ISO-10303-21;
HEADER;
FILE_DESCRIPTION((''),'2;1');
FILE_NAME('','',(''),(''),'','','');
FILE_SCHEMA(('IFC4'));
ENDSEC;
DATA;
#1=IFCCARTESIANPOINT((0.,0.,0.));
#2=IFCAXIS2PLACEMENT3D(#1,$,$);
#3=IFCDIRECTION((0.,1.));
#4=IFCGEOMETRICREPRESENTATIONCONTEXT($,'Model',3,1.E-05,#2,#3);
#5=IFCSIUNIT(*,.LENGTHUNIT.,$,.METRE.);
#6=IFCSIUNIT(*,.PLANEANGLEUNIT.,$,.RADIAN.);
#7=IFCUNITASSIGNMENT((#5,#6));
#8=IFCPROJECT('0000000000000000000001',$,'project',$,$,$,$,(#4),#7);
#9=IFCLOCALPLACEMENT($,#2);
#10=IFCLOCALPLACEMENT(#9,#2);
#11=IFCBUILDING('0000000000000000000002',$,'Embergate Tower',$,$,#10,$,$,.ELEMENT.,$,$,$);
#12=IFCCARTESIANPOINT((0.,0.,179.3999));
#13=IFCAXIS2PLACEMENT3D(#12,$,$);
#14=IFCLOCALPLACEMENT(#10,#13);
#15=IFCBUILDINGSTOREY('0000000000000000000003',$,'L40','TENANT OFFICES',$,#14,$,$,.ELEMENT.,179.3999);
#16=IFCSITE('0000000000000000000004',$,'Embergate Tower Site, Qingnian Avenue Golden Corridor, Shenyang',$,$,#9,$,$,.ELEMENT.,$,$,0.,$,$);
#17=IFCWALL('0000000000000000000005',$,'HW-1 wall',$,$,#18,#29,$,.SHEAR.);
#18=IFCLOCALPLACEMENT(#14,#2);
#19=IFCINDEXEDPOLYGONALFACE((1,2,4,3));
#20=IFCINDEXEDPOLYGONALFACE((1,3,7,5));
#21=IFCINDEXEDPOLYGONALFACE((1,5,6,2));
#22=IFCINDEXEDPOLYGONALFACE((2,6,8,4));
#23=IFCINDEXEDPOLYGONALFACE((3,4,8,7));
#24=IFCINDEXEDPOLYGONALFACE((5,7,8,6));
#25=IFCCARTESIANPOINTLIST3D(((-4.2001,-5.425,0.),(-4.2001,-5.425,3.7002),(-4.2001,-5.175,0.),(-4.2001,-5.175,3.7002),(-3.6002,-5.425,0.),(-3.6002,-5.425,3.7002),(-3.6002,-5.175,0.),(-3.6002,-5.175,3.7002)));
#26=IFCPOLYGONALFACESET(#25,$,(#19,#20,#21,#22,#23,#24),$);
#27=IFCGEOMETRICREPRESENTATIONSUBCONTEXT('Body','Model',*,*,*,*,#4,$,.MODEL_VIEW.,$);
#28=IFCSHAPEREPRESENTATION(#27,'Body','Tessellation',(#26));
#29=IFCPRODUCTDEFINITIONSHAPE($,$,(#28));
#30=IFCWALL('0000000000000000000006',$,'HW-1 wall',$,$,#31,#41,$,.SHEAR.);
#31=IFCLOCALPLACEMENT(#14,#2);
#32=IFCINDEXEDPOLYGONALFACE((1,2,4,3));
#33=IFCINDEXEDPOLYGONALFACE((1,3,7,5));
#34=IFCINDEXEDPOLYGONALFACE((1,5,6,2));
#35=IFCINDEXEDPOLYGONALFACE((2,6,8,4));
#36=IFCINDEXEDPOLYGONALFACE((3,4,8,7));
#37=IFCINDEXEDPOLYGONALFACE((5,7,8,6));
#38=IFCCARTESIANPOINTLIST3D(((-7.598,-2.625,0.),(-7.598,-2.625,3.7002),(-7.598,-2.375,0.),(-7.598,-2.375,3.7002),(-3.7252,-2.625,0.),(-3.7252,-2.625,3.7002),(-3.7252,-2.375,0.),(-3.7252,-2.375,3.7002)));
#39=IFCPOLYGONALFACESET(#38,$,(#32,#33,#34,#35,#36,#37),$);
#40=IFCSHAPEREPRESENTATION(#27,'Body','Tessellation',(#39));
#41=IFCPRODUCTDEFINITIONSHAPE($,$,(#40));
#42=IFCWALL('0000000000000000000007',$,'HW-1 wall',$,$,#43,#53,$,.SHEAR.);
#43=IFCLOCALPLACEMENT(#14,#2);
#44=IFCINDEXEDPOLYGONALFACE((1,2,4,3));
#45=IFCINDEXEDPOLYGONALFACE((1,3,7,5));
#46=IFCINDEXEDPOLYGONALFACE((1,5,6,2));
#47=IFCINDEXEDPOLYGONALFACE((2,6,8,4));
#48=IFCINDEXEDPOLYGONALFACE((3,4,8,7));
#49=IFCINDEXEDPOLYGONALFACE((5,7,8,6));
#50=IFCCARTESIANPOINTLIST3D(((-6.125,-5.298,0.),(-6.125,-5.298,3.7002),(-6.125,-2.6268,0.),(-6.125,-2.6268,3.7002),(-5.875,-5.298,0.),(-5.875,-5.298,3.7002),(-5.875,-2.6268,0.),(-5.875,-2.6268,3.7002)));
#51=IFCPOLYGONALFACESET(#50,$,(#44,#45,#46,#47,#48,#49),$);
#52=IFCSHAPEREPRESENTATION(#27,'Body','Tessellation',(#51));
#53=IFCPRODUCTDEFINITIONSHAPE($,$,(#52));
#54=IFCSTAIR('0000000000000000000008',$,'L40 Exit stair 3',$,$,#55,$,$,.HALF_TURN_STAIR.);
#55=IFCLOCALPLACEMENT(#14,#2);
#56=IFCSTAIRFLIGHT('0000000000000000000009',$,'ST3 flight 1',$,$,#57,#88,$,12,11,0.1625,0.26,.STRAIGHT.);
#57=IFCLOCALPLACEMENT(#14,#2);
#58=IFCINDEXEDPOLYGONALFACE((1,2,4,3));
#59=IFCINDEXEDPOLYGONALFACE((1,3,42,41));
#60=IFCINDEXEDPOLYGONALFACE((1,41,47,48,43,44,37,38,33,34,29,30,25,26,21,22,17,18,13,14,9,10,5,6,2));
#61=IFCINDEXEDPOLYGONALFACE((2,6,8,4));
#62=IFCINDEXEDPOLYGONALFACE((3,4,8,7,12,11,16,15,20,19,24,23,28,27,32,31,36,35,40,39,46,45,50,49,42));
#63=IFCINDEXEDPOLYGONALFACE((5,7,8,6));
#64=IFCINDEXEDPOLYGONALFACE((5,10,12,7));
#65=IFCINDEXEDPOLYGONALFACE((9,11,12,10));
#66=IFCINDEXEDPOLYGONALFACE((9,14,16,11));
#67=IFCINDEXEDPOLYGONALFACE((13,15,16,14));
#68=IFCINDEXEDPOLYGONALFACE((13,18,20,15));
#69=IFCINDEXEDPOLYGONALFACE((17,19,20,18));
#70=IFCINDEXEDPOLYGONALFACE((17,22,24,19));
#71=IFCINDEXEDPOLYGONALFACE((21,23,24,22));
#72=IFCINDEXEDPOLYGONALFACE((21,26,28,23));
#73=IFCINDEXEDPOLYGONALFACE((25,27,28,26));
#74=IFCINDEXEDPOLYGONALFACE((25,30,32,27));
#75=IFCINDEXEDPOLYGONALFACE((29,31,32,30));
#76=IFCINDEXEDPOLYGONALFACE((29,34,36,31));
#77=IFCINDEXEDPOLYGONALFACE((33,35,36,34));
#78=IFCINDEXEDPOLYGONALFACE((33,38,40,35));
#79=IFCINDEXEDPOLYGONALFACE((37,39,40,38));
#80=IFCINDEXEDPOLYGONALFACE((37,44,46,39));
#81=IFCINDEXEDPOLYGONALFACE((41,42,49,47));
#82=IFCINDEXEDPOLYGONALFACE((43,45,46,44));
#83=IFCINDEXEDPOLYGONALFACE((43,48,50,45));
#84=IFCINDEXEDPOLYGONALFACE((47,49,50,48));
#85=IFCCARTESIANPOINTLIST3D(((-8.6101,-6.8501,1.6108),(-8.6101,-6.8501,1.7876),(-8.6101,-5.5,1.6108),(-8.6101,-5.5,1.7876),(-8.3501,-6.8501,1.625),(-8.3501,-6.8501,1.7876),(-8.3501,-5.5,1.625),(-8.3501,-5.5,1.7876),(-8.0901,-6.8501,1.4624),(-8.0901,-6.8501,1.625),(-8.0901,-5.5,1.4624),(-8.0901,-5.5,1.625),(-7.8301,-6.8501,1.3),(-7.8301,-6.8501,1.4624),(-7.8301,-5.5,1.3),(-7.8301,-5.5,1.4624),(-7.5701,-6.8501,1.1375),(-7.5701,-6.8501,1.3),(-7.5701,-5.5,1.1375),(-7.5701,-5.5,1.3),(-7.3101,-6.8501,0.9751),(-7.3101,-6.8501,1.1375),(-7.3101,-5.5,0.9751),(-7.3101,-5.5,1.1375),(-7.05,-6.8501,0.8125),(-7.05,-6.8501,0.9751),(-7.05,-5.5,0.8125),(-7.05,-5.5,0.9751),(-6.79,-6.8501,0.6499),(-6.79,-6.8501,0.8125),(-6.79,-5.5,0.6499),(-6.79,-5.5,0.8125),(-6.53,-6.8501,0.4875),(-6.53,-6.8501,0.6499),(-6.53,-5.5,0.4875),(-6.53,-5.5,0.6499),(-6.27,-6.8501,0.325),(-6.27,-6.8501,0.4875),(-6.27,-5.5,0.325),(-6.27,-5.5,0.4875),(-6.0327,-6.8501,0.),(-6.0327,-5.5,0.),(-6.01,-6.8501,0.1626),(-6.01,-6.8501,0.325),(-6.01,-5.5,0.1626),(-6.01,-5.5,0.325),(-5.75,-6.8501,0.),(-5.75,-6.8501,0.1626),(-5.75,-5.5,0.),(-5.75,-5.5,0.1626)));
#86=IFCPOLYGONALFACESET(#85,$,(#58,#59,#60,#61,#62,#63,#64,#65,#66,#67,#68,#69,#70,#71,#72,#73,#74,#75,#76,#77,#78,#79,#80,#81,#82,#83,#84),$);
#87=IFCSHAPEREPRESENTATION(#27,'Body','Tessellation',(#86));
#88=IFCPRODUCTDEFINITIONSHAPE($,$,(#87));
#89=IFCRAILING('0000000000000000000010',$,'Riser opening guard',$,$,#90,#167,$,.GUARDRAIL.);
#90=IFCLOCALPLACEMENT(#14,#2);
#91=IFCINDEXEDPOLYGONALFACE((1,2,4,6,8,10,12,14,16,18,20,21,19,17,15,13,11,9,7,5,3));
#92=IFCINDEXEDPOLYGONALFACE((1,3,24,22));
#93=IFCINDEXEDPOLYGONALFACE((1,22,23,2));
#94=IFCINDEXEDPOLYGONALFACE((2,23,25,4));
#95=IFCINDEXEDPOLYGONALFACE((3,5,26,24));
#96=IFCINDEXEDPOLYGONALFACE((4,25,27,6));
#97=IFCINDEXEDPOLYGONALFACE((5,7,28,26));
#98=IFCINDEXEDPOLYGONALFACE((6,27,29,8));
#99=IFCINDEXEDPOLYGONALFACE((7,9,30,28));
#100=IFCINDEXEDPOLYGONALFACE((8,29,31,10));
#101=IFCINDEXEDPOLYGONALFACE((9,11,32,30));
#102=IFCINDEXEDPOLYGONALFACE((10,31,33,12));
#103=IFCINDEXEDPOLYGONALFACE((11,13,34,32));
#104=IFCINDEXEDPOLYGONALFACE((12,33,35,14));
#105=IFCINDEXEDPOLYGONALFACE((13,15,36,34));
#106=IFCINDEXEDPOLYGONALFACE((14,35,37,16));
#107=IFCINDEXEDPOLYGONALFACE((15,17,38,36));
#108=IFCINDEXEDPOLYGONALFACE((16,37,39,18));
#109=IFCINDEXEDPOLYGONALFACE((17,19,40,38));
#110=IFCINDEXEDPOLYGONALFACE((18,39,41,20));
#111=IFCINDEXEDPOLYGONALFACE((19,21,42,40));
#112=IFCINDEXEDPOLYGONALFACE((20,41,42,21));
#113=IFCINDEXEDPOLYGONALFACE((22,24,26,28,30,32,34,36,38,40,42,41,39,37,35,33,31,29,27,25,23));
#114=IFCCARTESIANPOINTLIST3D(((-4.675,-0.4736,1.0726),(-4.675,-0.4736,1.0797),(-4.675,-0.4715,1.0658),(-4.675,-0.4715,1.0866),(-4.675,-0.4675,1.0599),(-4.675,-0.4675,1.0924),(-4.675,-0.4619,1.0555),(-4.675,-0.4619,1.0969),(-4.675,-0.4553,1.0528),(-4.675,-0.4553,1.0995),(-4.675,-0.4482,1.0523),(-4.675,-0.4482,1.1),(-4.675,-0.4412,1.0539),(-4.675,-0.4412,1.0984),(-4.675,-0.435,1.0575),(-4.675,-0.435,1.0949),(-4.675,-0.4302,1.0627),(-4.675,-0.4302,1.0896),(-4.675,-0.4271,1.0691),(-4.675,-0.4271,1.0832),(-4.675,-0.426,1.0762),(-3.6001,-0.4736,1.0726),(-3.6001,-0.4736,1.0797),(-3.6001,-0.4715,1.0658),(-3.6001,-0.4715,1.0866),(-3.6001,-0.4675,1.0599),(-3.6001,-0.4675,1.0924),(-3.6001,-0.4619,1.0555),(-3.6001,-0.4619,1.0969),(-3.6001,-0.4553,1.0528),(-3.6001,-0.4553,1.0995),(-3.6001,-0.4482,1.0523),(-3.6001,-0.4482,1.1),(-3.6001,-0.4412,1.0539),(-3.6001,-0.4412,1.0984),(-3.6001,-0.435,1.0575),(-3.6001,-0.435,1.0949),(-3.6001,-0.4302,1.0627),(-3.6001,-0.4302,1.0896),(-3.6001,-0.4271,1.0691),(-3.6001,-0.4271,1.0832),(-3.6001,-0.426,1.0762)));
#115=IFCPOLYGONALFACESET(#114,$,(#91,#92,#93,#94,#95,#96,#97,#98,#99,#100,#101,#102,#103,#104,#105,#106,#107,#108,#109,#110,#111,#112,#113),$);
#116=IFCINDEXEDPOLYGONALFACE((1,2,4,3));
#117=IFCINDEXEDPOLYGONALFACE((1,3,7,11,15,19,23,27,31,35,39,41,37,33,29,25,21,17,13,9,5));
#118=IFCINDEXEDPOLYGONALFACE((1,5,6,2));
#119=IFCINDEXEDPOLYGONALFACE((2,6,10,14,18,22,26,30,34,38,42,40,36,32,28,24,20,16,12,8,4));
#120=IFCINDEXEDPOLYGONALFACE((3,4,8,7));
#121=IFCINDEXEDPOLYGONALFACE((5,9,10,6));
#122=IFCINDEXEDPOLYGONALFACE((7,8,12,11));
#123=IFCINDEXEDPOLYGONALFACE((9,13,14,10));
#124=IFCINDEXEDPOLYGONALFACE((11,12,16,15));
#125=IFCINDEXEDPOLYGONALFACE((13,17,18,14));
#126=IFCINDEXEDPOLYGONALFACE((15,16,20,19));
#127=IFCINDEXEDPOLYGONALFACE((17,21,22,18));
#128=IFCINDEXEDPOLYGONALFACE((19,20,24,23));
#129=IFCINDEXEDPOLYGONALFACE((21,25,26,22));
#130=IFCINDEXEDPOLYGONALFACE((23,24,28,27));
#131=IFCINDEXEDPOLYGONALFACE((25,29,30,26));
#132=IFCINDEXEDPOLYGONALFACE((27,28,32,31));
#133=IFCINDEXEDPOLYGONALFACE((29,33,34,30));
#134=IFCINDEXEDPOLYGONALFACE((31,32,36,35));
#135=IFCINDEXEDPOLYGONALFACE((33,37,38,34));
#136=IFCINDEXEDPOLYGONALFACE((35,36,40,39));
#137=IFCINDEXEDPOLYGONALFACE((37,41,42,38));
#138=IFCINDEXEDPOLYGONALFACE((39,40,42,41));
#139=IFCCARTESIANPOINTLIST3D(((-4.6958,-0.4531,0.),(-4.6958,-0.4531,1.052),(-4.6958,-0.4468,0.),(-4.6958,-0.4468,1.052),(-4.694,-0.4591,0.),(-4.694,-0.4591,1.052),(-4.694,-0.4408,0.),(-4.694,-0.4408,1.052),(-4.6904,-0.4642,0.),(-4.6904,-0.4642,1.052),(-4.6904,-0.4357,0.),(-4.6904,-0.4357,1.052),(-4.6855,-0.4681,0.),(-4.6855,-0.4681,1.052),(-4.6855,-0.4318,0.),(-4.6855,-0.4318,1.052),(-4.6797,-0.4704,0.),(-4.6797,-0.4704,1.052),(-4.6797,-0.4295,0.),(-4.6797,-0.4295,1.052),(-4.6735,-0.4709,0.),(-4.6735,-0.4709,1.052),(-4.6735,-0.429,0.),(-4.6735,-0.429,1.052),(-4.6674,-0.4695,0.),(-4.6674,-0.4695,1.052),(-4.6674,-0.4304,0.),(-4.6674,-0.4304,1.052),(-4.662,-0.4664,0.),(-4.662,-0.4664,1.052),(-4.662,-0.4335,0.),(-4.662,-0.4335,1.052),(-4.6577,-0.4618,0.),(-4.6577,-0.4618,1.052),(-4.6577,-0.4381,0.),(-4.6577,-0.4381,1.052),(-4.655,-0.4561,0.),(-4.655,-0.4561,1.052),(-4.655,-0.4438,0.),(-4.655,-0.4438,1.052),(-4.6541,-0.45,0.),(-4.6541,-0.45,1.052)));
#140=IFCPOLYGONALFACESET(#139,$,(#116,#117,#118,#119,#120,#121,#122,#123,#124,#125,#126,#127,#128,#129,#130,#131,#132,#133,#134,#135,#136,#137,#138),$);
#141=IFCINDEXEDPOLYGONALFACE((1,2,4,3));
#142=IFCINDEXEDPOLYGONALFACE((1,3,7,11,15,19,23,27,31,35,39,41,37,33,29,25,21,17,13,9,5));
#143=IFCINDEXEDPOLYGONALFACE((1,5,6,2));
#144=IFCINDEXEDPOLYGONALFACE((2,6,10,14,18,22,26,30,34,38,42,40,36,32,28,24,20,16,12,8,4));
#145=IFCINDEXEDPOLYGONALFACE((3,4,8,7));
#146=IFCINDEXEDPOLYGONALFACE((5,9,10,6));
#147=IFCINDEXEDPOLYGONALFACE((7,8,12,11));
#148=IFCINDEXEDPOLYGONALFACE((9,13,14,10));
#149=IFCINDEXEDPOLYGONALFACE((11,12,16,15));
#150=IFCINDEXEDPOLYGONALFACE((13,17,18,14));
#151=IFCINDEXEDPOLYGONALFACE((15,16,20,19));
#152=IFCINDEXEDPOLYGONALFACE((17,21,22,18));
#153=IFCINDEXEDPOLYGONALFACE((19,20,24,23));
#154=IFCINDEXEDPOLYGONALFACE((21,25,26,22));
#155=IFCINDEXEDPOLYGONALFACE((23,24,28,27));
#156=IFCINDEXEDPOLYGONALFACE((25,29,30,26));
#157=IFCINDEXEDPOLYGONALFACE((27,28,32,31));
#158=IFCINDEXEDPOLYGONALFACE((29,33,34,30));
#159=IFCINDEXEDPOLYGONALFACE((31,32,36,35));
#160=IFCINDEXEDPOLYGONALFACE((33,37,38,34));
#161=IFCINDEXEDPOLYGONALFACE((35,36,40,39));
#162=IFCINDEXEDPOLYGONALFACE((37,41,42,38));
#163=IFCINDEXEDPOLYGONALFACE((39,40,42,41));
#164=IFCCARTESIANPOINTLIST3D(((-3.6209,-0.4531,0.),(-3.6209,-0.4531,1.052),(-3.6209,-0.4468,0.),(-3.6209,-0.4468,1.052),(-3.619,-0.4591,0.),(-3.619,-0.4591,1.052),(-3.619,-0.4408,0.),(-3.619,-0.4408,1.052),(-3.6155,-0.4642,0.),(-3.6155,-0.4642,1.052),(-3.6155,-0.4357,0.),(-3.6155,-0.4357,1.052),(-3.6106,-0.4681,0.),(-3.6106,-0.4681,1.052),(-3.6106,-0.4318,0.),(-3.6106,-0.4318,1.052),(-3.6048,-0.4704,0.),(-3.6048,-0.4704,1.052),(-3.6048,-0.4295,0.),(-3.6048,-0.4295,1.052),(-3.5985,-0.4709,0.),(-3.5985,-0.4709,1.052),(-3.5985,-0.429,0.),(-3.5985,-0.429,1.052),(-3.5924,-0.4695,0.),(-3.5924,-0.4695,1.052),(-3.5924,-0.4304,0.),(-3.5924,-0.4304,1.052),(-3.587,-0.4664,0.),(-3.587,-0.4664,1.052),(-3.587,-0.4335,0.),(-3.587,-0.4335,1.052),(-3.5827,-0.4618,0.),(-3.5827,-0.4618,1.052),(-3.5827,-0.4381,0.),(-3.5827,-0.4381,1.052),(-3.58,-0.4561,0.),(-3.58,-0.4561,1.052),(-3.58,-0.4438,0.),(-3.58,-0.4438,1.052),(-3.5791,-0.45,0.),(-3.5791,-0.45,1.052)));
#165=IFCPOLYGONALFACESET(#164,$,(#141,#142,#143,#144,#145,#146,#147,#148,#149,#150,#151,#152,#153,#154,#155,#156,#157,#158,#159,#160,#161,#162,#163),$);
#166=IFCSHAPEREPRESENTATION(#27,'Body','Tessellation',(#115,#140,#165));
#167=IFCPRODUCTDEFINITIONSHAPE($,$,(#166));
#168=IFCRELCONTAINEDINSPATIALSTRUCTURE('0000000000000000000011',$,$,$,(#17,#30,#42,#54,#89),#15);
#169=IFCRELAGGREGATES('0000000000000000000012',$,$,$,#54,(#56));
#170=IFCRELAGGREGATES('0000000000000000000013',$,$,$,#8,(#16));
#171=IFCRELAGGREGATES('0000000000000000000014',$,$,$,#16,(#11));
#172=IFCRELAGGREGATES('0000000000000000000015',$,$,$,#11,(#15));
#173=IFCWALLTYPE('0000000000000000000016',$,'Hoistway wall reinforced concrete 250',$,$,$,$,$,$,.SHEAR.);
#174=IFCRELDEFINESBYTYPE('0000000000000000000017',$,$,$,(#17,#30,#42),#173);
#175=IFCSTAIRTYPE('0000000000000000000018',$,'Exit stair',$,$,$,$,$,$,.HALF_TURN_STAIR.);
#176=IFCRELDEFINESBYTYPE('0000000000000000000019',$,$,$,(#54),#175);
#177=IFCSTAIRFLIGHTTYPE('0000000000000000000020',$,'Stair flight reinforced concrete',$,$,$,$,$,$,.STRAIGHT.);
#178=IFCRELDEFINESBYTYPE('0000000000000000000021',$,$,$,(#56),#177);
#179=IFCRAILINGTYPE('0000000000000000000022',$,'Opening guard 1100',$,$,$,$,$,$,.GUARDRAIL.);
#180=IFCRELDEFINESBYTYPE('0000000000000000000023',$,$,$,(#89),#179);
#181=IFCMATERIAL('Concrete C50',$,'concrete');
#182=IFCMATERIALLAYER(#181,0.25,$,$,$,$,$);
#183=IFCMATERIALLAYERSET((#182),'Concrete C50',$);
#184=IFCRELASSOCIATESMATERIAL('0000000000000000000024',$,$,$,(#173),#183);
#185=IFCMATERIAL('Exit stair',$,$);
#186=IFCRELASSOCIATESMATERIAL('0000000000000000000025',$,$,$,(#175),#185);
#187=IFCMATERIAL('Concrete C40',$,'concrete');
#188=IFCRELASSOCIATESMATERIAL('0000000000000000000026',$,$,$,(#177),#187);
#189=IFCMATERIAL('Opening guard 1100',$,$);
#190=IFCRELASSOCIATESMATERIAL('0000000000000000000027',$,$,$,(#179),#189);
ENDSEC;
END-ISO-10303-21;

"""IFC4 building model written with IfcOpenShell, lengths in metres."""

from ifc_helpers import new_model, si_unit, direction, frame, frame_2d, origin, origin_2d, place, context, subcontext, project, spatial, polyline, rectangle, circle, outline, extrude, source, transform, mapped, material, layer, layer_set, type_object, element, aggregate, save


model = new_model("IFC4")

# Units and contexts
model_context = context("Model", 3, precision=1e-05, world=origin(), true_north=direction((0.0, 1.0)))
body_context = subcontext(model_context, "Body", "Model", "MODEL_VIEW")
ifc_project = project(units=[si_unit("LENGTHUNIT", "METRE"), si_unit("PLANEANGLEUNIT", "RADIAN")], contexts=[model_context])

# Site, building, storey
site_placement = place(None, origin())
site = spatial("IfcSite", under=ifc_project, at=site_placement, Name="Embergate Tower Site, Qingnian Avenue Golden Corridor, Shenyang", CompositionType="ELEMENT", RefElevation=0.0)
building_placement = place(site_placement, origin())
building = spatial("IfcBuilding", under=site, at=building_placement, Name="Embergate Tower", CompositionType="ELEMENT")
storey_placement = place(building_placement, frame((0.0, 0.0, 179.3999)))
storey = spatial("IfcBuildingStorey", under=building, at=storey_placement, Name="L40", Description="TENANT OFFICES", CompositionType="ELEMENT", Elevation=179.3999)

# Shared definitions
ifc_material_1 = material(Name="Concrete C50", Category="concrete")
ifc_layer_1 = layer(ifc_material_1, 0.25)
ifc_layer_set_1 = layer_set([ifc_layer_1], Name="Concrete C50")
wall_type_1 = type_object("IfcWallType", Name="Hoistway wall reinforced concrete 250", PredefinedType="SHEAR", material=ifc_layer_set_1)

# Walls
shared_shape_1 = source(origin(), body_context, "Body", "SweptSolid", [
    extrude(rectangle(XDim=0.5999, YDim=0.25, at=frame_2d((0.2998, 0.0))), origin(), (0.0, 0.0, 1.0), 3.7002),
])
wall_1_placement = place(storey_placement, frame((-4.2, -5.3, 0.0), z_axis=(0.0, 0.0, 1.0), x_axis=(1.0, 0.0, 0.0)))
element("IfcWall", 1, at=wall_1_placement, inside=storey, type_object=wall_type_1, Name="HW-1 wall", PredefinedType="SHEAR", context=body_context, shape_type="MappedRepresentation", body=[
    mapped(shared_shape_1, transform((0.0, 0.0, 0.0))),
])
shared_shape_2 = source(origin(), body_context, "Body", "SweptSolid", [
    extrude(rectangle(XDim=3.8728, YDim=0.25, at=frame_2d((1.9365, 0.0))), origin(), (0.0, 0.0, 1.0), 3.7002),
])
wall_2_placement = place(storey_placement, frame((-3.7251, -2.5, 0.0), z_axis=(0.0, 0.0, 1.0), x_axis=(-1.0, 0.0, 0.0)))
element("IfcWall", 2, at=wall_2_placement, inside=storey, type_object=wall_type_1, Name="HW-1 wall", PredefinedType="SHEAR", context=body_context, shape_type="MappedRepresentation", body=[
    mapped(shared_shape_2, transform((0.0, 0.0, 0.0))),
])
shared_shape_3 = source(origin(), body_context, "Body", "SweptSolid", [
    extrude(rectangle(XDim=2.6711, YDim=0.25, at=frame_2d((1.3354, 0.0))), origin(), (0.0, 0.0, 1.0), 3.7002),
])
wall_3_placement = place(storey_placement, frame((-6.0, -2.627, 0.0), z_axis=(0.0, 0.0, 1.0), x_axis=(0.0, -1.0, 0.0)))
element("IfcWall", 3, at=wall_3_placement, inside=storey, type_object=wall_type_1, Name="HW-1 wall", PredefinedType="SHEAR", context=body_context, shape_type="MappedRepresentation", body=[
    mapped(shared_shape_3, transform((0.0, 0.0, 0.0))),
])

# Stair, stair flight
ifc_material_2 = material(Name="Exit stair")
stair_type = type_object("IfcStairType", Name="Exit stair", PredefinedType="HALF_TURN_STAIR", material=ifc_material_2)
stair_placement = place(storey_placement, origin())
stair = element("IfcStair", 4, at=stair_placement, inside=storey, type_object=stair_type, Name="L40 Exit stair 3", PredefinedType="HALF_TURN_STAIR")
ifc_material_3 = material(Name="Concrete C40", Category="concrete")
stair_flight_type = type_object("IfcStairFlightType", Name="Stair flight reinforced concrete", PredefinedType="STRAIGHT", material=ifc_material_3)
shared_shape_4 = source(origin(), body_context, "Body", "SweptSolid", [
    extrude(outline(polyline([(0.0, 0.0), (0.0, 0.1626), (0.26, 0.1626), (0.26, 0.325), (0.52, 0.325), (0.52, 0.4875), (0.78, 0.4875), (0.78, 0.6499), (1.04, 0.6499), (1.04, 0.8125), (1.3, 0.8125), (1.3, 0.9751), (1.5601, 0.9751), (1.5601, 1.1375), (1.8201, 1.1375), (1.8201, 1.3), (2.0801, 1.3), (2.0801, 1.4624), (2.3401, 1.4624), (2.3401, 1.625), (2.6001, 1.625), (2.6001, 1.7876), (2.8601, 1.7876), (2.8601, 1.95), (2.8601, 1.6108), (0.2827, 0.0), (0.0, 0.0)])), frame((0.0, 0.675, 0.0), z_axis=(0.0, -1.0, 0.0), x_axis=(1.0, 0.0, 0.0)), (0.0, 0.0, 1.0), 1.3501),
])
stair_flight_placement = place(storey_placement, frame((-5.75, -6.175, 0.0), z_axis=(0.0, 0.0, 1.0), x_axis=(-1.0, 0.0, 0.0)))
stair_flight = element("IfcStairFlight", 5, at=stair_flight_placement, type_object=stair_flight_type, Name="ST3 flight 1", NumberOfRisers=12, NumberOfTreads=11, PredefinedType="STRAIGHT", RiserHeight=0.1625, TreadLength=0.26, context=body_context, shape_type="MappedRepresentation", body=[
    mapped(shared_shape_4, transform((0.0, 0.0, 0.0))),
])
aggregate(stair, [stair_flight])

# Railing
ifc_material_4 = material(Name="Opening guard 1100")
railing_type_1 = type_object("IfcRailingType", Name="Opening guard 1100", PredefinedType="GUARDRAIL", material=ifc_material_4)
shared_shape_5 = source(origin(), body_context, "Body", "SweptSolid", [
    extrude(circle(Radius=0.0239, at=origin_2d()), frame((0.0, 0.0, 1.0762), z_axis=(1.0, 0.0, 0.0), x_axis=(0.0, 1.0, 0.0)), (0.0, 0.0, 1.0), 1.075),
    extrude(circle(Radius=0.021, at=origin_2d()), origin(), (0.0, 0.0, 1.0), 1.052),
    extrude(circle(Radius=0.021, at=origin_2d()), frame((1.075, 0.0, 0.0)), (0.0, 0.0, 1.0), 1.052),
])
railing_1_placement = place(storey_placement, frame((-4.675, -0.45, 0.0)))
element("IfcRailing", 6, at=railing_1_placement, inside=storey, type_object=railing_type_1, Name="Riser opening guard", PredefinedType="GUARDRAIL", context=body_context, shape_type="MappedRepresentation", body=[
    mapped(shared_shape_5, transform((0.0, 0.0, 0.0))),
])

save(model, "model.ifc")
